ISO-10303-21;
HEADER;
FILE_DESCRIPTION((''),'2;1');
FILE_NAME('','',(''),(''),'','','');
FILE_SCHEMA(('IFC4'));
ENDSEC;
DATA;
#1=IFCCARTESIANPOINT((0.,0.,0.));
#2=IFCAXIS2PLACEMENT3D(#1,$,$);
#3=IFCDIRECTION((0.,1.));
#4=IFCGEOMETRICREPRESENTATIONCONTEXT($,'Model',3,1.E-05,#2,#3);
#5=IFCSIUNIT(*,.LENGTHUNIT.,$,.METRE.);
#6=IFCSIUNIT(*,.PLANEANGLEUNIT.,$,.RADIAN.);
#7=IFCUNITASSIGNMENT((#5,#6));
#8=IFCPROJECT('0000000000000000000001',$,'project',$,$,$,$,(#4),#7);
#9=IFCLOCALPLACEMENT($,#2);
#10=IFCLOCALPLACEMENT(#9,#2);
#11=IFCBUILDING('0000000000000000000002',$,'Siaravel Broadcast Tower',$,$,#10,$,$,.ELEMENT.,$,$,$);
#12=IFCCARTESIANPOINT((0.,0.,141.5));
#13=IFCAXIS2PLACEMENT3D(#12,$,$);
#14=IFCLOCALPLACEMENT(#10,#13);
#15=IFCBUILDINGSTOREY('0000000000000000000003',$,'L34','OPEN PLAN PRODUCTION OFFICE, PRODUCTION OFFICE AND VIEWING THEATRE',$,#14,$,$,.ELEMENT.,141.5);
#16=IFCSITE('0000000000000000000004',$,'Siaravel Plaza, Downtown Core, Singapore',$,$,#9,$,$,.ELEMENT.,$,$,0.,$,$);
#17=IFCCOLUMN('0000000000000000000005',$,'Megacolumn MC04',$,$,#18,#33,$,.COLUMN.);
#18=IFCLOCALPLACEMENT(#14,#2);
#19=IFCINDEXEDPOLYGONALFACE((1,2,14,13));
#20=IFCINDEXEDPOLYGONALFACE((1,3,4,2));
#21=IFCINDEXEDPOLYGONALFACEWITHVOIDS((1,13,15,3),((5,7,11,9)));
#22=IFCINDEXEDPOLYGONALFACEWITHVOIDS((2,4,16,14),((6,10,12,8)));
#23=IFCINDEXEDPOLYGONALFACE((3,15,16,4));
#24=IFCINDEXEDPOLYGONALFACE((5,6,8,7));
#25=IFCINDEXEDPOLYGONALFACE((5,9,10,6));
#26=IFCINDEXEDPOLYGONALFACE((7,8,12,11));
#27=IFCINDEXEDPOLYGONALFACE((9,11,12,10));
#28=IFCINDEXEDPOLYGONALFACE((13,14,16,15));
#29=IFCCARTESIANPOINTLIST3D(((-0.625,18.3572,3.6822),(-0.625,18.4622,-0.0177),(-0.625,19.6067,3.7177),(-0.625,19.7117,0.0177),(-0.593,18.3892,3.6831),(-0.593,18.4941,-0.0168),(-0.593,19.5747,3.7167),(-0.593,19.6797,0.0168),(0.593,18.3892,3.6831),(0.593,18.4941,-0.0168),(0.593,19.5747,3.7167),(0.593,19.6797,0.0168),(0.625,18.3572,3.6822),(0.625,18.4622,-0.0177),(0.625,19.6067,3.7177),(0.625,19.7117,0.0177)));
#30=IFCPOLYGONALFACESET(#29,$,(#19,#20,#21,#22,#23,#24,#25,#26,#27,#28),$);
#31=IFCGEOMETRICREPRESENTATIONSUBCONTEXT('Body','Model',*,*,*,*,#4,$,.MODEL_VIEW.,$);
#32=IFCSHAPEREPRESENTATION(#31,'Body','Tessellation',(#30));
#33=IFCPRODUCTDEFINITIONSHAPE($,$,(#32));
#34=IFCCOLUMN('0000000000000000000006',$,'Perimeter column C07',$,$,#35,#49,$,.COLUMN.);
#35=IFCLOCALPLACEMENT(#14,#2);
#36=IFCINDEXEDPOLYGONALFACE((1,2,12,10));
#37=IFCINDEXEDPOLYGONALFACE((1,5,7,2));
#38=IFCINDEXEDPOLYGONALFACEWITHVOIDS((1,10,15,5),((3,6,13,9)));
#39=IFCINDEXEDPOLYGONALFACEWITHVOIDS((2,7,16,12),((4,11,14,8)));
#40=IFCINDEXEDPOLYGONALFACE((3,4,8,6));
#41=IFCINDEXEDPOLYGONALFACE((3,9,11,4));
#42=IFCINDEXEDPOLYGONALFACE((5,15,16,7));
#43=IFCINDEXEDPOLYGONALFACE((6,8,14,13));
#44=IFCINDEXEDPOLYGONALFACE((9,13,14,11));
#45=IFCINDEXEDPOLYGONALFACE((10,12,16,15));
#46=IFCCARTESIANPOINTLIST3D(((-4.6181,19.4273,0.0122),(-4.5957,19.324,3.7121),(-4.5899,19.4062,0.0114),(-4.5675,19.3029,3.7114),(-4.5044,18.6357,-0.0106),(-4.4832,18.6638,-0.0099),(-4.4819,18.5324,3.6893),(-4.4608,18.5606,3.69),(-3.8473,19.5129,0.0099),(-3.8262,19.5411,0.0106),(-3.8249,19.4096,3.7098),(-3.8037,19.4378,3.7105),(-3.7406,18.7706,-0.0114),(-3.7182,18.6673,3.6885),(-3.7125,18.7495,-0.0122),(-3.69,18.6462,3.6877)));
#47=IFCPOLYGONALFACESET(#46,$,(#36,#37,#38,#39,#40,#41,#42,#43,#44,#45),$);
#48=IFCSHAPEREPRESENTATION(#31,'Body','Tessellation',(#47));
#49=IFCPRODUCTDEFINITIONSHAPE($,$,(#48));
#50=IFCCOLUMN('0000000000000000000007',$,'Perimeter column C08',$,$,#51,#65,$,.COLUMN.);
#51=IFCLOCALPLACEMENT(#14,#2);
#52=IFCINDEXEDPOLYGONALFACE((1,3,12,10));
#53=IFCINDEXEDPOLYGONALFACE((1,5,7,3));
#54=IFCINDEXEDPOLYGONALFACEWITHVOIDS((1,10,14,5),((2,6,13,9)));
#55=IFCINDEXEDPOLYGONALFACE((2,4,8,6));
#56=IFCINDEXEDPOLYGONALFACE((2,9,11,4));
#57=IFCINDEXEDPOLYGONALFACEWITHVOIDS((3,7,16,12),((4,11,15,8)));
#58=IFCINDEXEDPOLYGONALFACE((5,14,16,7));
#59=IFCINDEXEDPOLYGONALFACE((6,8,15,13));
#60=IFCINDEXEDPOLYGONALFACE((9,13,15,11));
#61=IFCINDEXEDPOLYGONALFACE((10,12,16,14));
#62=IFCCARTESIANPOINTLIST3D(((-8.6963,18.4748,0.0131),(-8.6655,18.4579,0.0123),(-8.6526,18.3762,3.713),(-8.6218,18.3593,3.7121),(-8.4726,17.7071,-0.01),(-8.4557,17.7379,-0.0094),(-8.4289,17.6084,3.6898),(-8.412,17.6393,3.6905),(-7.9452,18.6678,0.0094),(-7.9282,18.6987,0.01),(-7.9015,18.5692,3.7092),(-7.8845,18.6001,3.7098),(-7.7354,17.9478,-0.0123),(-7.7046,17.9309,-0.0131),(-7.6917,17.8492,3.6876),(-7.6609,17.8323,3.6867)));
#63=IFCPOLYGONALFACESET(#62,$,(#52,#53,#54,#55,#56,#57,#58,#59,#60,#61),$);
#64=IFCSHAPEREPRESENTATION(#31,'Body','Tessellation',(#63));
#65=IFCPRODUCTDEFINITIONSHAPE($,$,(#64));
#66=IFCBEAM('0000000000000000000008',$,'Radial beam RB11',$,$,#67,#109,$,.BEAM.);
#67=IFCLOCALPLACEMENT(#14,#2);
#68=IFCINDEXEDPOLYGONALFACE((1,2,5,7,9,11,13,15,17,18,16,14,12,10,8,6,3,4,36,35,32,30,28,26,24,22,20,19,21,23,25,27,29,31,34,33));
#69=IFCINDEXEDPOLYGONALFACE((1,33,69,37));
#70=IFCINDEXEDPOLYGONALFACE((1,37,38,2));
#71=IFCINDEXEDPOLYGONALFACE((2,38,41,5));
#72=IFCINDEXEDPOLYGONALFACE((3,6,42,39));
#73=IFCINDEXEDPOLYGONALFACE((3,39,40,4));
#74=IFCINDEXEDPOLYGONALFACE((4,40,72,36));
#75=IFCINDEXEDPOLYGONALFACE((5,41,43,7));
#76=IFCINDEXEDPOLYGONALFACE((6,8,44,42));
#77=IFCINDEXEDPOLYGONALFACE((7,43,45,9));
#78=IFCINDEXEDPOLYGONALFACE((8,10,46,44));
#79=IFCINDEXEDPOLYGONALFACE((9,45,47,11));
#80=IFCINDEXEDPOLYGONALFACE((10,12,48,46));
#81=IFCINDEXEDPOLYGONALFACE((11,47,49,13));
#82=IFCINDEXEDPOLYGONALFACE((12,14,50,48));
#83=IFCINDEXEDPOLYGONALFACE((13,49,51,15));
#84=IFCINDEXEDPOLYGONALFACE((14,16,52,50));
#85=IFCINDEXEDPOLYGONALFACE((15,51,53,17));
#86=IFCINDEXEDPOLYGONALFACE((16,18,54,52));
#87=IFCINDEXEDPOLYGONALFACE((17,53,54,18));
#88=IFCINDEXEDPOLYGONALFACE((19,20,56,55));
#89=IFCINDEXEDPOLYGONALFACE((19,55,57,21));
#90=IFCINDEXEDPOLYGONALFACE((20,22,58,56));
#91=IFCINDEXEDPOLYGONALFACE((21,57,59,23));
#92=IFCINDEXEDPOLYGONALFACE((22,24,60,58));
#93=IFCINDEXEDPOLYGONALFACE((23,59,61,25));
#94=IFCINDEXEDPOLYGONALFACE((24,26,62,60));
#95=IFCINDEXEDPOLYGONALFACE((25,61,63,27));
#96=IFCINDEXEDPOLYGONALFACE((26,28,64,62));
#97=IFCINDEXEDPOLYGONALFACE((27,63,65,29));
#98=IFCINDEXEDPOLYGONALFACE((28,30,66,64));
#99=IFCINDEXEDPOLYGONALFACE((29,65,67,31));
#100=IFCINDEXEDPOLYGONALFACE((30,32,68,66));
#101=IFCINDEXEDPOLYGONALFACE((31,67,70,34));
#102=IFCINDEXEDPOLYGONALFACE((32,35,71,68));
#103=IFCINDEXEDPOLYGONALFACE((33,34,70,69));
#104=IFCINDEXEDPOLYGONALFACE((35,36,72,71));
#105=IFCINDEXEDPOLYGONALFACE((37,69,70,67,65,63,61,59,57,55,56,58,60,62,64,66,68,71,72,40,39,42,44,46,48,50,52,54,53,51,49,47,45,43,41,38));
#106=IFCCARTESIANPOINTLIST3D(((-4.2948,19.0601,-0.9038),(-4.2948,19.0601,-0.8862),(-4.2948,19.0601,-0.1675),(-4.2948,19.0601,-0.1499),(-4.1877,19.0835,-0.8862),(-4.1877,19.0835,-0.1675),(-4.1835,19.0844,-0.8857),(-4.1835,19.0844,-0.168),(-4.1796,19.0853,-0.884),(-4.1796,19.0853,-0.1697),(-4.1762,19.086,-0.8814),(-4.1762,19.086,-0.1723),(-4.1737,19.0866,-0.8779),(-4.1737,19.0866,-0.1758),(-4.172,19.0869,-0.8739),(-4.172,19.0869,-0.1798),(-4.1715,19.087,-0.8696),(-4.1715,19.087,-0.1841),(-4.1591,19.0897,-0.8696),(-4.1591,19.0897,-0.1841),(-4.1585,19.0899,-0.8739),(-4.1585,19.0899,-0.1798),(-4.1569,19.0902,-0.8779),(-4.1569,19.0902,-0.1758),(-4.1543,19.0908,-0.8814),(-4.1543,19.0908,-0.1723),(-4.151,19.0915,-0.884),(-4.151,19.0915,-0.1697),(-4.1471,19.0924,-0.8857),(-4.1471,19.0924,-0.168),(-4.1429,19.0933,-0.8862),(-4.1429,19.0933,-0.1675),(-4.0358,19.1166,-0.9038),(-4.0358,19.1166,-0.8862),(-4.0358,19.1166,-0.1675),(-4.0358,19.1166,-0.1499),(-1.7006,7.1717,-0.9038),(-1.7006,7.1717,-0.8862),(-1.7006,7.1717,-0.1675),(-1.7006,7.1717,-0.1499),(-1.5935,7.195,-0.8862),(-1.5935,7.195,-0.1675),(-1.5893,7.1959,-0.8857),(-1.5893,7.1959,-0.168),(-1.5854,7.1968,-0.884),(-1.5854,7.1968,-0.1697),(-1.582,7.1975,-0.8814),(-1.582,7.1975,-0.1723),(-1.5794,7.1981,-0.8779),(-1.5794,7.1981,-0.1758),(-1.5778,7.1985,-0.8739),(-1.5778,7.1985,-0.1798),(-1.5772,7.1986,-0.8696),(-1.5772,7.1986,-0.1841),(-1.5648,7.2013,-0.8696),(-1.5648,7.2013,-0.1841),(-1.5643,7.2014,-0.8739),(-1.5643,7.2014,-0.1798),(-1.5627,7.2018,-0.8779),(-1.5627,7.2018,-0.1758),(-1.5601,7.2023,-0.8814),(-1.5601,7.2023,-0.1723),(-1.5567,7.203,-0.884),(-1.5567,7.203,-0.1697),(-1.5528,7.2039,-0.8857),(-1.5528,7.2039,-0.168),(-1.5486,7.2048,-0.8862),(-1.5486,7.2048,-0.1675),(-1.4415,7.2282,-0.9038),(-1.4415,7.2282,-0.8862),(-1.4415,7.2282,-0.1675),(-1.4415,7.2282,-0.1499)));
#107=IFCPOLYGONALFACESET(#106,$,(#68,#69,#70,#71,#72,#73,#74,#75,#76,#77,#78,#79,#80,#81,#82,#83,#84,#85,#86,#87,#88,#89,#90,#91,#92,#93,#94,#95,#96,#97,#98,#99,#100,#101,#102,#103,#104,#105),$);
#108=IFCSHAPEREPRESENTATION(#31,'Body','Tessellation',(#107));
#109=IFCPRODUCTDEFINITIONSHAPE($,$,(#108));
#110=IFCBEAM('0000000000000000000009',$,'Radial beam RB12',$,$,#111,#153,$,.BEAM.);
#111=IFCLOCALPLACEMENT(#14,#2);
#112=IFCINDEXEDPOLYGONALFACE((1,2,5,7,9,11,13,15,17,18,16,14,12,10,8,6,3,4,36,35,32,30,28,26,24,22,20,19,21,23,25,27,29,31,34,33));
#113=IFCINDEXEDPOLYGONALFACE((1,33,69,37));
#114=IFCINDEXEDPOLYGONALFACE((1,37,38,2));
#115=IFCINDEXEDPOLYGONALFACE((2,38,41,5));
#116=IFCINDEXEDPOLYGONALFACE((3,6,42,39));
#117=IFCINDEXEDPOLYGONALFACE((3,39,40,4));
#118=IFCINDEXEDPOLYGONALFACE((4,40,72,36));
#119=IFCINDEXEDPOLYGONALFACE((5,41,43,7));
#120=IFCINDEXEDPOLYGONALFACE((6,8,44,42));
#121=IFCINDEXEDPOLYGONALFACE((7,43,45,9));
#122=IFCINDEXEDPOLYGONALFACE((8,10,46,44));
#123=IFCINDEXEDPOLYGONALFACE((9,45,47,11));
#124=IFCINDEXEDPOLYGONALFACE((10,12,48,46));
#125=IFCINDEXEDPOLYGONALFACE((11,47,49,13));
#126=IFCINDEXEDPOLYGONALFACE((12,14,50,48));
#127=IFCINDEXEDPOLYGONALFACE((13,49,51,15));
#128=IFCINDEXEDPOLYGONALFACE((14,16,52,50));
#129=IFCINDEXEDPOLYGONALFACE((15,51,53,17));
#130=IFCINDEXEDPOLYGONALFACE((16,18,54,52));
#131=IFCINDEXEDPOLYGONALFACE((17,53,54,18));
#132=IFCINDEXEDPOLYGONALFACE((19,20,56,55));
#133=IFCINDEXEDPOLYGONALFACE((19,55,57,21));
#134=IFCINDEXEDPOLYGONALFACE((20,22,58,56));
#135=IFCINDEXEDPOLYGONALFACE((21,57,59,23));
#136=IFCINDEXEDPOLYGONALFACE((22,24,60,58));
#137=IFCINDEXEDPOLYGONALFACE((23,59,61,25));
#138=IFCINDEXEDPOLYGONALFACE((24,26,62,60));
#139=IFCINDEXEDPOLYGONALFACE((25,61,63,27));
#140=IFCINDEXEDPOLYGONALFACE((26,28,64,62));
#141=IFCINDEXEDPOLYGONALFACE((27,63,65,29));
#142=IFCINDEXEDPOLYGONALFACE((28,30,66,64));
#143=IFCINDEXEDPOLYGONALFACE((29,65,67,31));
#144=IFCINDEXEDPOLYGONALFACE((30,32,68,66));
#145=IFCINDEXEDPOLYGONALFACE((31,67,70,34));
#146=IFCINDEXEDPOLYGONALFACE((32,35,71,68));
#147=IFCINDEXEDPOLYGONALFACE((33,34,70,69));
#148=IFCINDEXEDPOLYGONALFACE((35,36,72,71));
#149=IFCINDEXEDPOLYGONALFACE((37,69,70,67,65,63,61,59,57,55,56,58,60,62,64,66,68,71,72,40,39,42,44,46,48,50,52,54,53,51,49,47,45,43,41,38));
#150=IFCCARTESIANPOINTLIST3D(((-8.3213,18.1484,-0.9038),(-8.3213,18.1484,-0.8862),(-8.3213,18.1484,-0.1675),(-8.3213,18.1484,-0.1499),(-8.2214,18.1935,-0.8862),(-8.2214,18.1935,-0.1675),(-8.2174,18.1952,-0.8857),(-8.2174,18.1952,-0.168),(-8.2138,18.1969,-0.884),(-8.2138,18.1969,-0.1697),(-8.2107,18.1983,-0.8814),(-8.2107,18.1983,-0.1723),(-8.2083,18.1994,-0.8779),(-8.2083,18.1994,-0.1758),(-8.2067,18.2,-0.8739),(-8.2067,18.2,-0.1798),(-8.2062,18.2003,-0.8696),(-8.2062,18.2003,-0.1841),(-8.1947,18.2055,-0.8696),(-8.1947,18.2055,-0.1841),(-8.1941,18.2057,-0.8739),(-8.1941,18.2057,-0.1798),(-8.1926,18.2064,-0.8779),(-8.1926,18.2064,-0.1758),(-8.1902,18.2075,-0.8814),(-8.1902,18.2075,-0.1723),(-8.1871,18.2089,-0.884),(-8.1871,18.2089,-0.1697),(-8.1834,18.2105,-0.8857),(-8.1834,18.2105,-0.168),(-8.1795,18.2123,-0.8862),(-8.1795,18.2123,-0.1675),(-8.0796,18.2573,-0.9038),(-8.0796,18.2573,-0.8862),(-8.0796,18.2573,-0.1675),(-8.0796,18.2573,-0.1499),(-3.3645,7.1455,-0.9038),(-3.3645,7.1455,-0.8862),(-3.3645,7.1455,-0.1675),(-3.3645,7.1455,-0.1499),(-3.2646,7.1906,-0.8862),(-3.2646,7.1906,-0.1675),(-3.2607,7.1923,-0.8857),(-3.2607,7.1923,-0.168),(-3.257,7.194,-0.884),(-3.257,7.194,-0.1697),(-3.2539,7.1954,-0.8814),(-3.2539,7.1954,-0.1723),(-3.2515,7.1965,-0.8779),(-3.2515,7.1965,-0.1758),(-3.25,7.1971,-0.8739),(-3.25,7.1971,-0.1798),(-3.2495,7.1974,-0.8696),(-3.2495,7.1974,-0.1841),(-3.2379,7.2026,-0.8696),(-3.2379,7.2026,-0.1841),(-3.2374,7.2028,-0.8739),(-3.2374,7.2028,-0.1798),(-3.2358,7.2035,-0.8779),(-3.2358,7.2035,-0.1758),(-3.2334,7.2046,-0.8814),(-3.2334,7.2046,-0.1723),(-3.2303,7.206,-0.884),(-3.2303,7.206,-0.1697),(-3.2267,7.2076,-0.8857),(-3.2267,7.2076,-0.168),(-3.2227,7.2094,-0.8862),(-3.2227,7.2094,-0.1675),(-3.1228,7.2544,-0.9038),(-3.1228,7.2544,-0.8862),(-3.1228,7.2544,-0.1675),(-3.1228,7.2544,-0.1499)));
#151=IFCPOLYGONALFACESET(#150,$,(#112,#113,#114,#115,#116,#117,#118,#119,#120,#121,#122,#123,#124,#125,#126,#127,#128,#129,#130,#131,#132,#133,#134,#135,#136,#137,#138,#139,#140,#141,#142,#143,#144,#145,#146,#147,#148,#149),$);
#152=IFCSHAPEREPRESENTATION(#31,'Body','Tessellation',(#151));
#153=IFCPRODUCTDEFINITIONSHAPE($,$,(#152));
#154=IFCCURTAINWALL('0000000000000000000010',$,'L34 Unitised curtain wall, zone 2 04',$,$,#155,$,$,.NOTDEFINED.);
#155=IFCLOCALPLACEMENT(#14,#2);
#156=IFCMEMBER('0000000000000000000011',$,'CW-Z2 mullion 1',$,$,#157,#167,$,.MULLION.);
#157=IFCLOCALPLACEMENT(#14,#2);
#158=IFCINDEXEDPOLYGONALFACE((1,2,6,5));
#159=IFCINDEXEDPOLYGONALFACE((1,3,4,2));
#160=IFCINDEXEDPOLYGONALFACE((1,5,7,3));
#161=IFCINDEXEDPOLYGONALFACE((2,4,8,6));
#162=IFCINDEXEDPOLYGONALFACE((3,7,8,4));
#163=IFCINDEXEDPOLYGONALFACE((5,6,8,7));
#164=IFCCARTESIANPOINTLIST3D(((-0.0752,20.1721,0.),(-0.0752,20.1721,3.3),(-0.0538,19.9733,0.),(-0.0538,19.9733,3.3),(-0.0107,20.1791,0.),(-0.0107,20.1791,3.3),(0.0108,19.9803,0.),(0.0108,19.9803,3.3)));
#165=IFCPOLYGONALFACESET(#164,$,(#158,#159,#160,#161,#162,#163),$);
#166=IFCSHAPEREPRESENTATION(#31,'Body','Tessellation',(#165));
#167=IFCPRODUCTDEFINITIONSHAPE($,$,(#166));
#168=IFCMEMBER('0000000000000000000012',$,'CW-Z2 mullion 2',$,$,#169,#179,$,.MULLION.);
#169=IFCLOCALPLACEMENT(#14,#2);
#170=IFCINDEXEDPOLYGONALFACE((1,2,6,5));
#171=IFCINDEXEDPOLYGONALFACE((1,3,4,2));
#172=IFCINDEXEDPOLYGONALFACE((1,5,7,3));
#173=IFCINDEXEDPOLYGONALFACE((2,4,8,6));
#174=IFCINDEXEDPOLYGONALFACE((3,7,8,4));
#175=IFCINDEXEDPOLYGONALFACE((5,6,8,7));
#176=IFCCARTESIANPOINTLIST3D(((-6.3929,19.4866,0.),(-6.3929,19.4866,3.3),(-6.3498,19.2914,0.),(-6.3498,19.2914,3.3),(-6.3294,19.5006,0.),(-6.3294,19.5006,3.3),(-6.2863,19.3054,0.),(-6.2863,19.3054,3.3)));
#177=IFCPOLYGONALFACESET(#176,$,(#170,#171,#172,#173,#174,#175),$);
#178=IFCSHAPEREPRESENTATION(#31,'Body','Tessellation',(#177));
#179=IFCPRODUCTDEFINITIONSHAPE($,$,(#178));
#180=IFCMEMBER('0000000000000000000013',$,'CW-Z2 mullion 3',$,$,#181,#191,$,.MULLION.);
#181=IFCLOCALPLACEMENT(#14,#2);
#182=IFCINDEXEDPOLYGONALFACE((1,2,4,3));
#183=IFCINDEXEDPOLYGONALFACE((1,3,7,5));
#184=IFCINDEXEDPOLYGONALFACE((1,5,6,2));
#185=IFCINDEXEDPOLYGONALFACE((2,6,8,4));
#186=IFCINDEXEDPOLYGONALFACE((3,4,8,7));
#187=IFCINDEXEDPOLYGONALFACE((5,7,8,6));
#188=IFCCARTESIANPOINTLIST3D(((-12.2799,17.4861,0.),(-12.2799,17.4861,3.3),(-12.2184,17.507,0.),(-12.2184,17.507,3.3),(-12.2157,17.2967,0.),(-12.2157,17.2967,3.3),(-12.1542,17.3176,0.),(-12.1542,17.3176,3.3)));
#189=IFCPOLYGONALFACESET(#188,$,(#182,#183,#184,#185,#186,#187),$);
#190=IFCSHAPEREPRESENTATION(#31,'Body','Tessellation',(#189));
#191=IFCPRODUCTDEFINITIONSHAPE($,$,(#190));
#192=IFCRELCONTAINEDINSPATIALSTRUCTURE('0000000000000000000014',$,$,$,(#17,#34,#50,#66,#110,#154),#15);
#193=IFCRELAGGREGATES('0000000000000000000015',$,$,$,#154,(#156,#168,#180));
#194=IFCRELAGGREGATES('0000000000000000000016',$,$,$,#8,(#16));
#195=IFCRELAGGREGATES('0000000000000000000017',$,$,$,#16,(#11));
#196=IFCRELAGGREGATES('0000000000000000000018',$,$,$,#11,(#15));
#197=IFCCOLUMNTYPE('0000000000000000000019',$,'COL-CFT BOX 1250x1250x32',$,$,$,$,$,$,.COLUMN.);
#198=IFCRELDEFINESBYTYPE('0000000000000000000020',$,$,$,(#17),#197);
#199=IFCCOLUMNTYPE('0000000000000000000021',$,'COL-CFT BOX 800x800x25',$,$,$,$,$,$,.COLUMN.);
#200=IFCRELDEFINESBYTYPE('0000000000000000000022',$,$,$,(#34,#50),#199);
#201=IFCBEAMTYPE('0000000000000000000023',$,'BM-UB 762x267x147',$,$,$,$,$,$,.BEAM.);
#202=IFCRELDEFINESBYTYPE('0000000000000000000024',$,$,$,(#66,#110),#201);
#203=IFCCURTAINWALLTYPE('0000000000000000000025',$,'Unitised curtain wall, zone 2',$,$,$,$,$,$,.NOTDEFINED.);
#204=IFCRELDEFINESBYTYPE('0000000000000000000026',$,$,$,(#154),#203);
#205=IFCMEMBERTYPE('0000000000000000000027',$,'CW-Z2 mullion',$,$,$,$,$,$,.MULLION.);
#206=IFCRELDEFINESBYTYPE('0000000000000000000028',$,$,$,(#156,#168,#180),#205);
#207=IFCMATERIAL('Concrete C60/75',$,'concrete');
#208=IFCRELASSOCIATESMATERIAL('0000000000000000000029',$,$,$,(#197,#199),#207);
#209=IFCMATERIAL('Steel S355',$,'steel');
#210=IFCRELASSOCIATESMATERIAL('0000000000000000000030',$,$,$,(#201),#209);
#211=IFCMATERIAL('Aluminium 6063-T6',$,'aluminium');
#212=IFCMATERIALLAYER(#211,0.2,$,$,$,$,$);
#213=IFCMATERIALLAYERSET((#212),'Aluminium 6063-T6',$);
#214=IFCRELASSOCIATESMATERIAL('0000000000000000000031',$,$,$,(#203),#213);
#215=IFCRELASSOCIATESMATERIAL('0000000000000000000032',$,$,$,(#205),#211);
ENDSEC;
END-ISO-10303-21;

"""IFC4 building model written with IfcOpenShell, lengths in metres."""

from ifc_helpers import new_model, si_unit, direction, frame, origin, origin_2d, place, context, subcontext, project, spatial, rectangle, hollow_rectangle, i_section, extrude, material, layer, layer_set, material_profile, profile_set, type_object, element, aggregate, save


model = new_model("IFC4")

# Units and contexts
model_context = context("Model", 3, precision=1e-05, world=origin(), true_north=direction((0.0, 1.0)))
body_context = subcontext(model_context, "Body", "Model", "MODEL_VIEW")
ifc_project = project(units=[si_unit("LENGTHUNIT", "METRE"), si_unit("PLANEANGLEUNIT", "RADIAN")], contexts=[model_context])

# Site, building, storey
site_placement = place(None, origin())
site = spatial("IfcSite", under=ifc_project, at=site_placement, Name="Siaravel Plaza, Downtown Core, Singapore", CompositionType="ELEMENT", RefElevation=0.0)
building_placement = place(site_placement, origin())
building = spatial("IfcBuilding", under=site, at=building_placement, Name="Siaravel Broadcast Tower", CompositionType="ELEMENT")
storey_placement = place(building_placement, frame((0.0, 0.0, 141.5)))
storey = spatial("IfcBuildingStorey", under=building, at=storey_placement, Name="L34", Description="OPEN PLAN PRODUCTION OFFICE, PRODUCTION OFFICE AND VIEWING THEATRE", CompositionType="ELEMENT", Elevation=141.5)

# Columns
ifc_material_1 = material(Name="Concrete C60/75", Category="concrete")
ifc_material_profile_1 = material_profile(ifc_material_1, hollow_rectangle(XDim=1.25, YDim=1.25, WallThickness=0.032, at=origin_2d()))
ifc_profile_set_1 = profile_set([ifc_material_profile_1], Name="Concrete C60/75")
column_type_1 = type_object("IfcColumnType", Name="COL-CFT BOX 1250x1250x32", PredefinedType="COLUMN", material=ifc_profile_set_1)
column_placement = place(storey_placement, frame((0.0, 19.0869, 0.0), z_axis=(0.0, -0.028362, 0.999598), x_axis=(1.0, 0.0, 0.0)))
element("IfcColumn", 1, at=column_placement, inside=storey, type_object=column_type_1, Name="Megacolumn MC04", PredefinedType="COLUMN", context=body_context, shape_type="SweptSolid", body=[
    extrude(hollow_rectangle(XDim=1.25, YDim=1.25, WallThickness=0.032, at=origin_2d()), origin(), (0.0, 0.0, 1.0), 3.7014),
])
ifc_material_profile_2 = material_profile(ifc_material_1, hollow_rectangle(XDim=0.8, YDim=0.8, WallThickness=0.0249, at=origin_2d()))
ifc_profile_set_2 = profile_set([ifc_material_profile_2], Name="Concrete C60/75")
column_type_2 = type_object("IfcColumnType", Name="COL-CFT BOX 800x800x25", PredefinedType="COLUMN", material=ifc_profile_set_2)
for number, where, z_axis, x_axis, name in (
    (2, (-4.1653, 19.0884, 0.0), (0.006068, -0.0279, 0.999592), (0.989821, 0.142301, -0.002037), "Perimeter column C07"),
    (3, (-8.2004, 18.2029, 0.0), (0.011806, -0.026647, 0.999575), (0.960048, 0.279808, -0.00388), "Perimeter column C08"),
):
    element("IfcColumn", number, at=place(storey_placement, frame(where, z_axis=z_axis, x_axis=x_axis)), inside=storey, type_object=column_type_2, Name=name, PredefinedType="COLUMN", context=body_context, shape_type="SweptSolid", body=[
        extrude(hollow_rectangle(XDim=0.8, YDim=0.8, WallThickness=0.0249, at=origin_2d()), origin(), (0.0, 0.0, 1.0), 3.7014),
    ])

# Beams
ifc_material_2 = material(Name="Steel S355", Category="steel")
ifc_material_profile_3 = material_profile(ifc_material_2, i_section(OverallWidth=0.2651, OverallDepth=0.7539, WebThickness=0.0127, FlangeThickness=0.0176, FilletRadius=0.0166, at=origin_2d()))
ifc_profile_set_3 = profile_set([ifc_material_profile_3], Name="Steel S355")
beam_type = type_object("IfcBeamType", Name="BM-UB 762x267x147", PredefinedType="BEAM", material=ifc_profile_set_3)
beam_1_placement = place(storey_placement, frame((-4.1653, 19.0884, -0.5269), z_axis=(0.213198, -0.977009, 0.0), x_axis=(0.977009, 0.213198, 0.0)))
element("IfcBeam", 4, at=beam_1_placement, inside=storey, type_object=beam_type, Name="Radial beam RB11", PredefinedType="BEAM", context=body_context, shape_type="SweptSolid", body=[
    extrude(i_section(OverallWidth=0.2651, OverallDepth=0.7539, WebThickness=0.0127, FlangeThickness=0.0176, FilletRadius=0.0166, at=origin_2d()), origin(), (0.0, 0.0, 1.0), 12.1682),
])
beam_2_placement = place(storey_placement, frame((-8.2004, 18.2029, -0.5269), z_axis=(0.410741, -0.911752, 0.0), x_axis=(0.911752, 0.410741, 0.0)))
element("IfcBeam", 5, at=beam_2_placement, inside=storey, type_object=beam_type, Name="Radial beam RB12", PredefinedType="BEAM", context=body_context, shape_type="SweptSolid", body=[
    extrude(i_section(OverallWidth=0.2651, OverallDepth=0.7539, WebThickness=0.0127, FlangeThickness=0.0176, FilletRadius=0.0166, at=origin_2d()), origin(), (0.0, 0.0, 1.0), 12.0679),
])

# Curtain wall, members
ifc_material_3 = material(Name="Aluminium 6063-T6", Category="aluminium")
ifc_layer_1 = layer(ifc_material_3, 0.2)
ifc_layer_set_1 = layer_set([ifc_layer_1], Name="Aluminium 6063-T6")
curtain_wall_type = type_object("IfcCurtainWallType", Name="Unitised curtain wall, zone 2", PredefinedType="NOTDEFINED", material=ifc_layer_set_1)
curtain_wall_placement = place(storey_placement, origin())
curtain_wall = element("IfcCurtainWall", 6, at=curtain_wall_placement, inside=storey, type_object=curtain_wall_type, Name="L34 Unitised curtain wall, zone 2 04", PredefinedType="NOTDEFINED")
ifc_material_profile_4 = material_profile(ifc_material_3, rectangle(XDim=0.2, YDim=0.0649, at=origin_2d()))
ifc_profile_set_4 = profile_set([ifc_material_profile_4], Name="Aluminium 6063-T6")
member_type_1 = type_object("IfcMemberType", Name="CW-Z2 mullion", PredefinedType="MULLION", material=ifc_profile_set_4)
member_1_placement = place(storey_placement, frame((-0.0322, 20.0762, 0.0), z_axis=(0.0, 0.0, 1.0), x_axis=(0.107218, -0.994236, 0.0)))
member_1 = element("IfcMember", 7, at=member_1_placement, type_object=member_type_1, Name="CW-Z2 mullion 1", PredefinedType="MULLION", context=body_context, shape_type="SweptSolid", body=[
    extrude(rectangle(XDim=0.2, YDim=0.0649, at=origin_2d()), origin(), (0.0, 0.0, 1.0), 3.3),
])
member_2_placement = place(storey_placement, frame((-6.3396, 19.396, 0.0), z_axis=(0.0, 0.0, 1.0), x_axis=(0.215558, -0.976491, 0.0)))
member_2 = element("IfcMember", 8, at=member_2_placement, type_object=member_type_1, Name="CW-Z2 mullion 2", PredefinedType="MULLION", context=body_context, shape_type="SweptSolid", body=[
    extrude(rectangle(XDim=0.2, YDim=0.0649, at=origin_2d()), origin(), (0.0, 0.0, 1.0), 3.3),
])
member_3_placement = place(storey_placement, frame((-12.217, 17.4019, 0.0), z_axis=(0.0, 0.0, 1.0), x_axis=(0.321301, -0.946977, 0.0)))
member_3 = element("IfcMember", 9, at=member_3_placement, type_object=member_type_1, Name="CW-Z2 mullion 3", PredefinedType="MULLION", context=body_context, shape_type="SweptSolid", body=[
    extrude(rectangle(XDim=0.2, YDim=0.0649, at=origin_2d()), origin(), (0.0, 0.0, 1.0), 3.3),
])

aggregate(curtain_wall, [member_1, member_2, member_3])

save(model, "model.ifc")
